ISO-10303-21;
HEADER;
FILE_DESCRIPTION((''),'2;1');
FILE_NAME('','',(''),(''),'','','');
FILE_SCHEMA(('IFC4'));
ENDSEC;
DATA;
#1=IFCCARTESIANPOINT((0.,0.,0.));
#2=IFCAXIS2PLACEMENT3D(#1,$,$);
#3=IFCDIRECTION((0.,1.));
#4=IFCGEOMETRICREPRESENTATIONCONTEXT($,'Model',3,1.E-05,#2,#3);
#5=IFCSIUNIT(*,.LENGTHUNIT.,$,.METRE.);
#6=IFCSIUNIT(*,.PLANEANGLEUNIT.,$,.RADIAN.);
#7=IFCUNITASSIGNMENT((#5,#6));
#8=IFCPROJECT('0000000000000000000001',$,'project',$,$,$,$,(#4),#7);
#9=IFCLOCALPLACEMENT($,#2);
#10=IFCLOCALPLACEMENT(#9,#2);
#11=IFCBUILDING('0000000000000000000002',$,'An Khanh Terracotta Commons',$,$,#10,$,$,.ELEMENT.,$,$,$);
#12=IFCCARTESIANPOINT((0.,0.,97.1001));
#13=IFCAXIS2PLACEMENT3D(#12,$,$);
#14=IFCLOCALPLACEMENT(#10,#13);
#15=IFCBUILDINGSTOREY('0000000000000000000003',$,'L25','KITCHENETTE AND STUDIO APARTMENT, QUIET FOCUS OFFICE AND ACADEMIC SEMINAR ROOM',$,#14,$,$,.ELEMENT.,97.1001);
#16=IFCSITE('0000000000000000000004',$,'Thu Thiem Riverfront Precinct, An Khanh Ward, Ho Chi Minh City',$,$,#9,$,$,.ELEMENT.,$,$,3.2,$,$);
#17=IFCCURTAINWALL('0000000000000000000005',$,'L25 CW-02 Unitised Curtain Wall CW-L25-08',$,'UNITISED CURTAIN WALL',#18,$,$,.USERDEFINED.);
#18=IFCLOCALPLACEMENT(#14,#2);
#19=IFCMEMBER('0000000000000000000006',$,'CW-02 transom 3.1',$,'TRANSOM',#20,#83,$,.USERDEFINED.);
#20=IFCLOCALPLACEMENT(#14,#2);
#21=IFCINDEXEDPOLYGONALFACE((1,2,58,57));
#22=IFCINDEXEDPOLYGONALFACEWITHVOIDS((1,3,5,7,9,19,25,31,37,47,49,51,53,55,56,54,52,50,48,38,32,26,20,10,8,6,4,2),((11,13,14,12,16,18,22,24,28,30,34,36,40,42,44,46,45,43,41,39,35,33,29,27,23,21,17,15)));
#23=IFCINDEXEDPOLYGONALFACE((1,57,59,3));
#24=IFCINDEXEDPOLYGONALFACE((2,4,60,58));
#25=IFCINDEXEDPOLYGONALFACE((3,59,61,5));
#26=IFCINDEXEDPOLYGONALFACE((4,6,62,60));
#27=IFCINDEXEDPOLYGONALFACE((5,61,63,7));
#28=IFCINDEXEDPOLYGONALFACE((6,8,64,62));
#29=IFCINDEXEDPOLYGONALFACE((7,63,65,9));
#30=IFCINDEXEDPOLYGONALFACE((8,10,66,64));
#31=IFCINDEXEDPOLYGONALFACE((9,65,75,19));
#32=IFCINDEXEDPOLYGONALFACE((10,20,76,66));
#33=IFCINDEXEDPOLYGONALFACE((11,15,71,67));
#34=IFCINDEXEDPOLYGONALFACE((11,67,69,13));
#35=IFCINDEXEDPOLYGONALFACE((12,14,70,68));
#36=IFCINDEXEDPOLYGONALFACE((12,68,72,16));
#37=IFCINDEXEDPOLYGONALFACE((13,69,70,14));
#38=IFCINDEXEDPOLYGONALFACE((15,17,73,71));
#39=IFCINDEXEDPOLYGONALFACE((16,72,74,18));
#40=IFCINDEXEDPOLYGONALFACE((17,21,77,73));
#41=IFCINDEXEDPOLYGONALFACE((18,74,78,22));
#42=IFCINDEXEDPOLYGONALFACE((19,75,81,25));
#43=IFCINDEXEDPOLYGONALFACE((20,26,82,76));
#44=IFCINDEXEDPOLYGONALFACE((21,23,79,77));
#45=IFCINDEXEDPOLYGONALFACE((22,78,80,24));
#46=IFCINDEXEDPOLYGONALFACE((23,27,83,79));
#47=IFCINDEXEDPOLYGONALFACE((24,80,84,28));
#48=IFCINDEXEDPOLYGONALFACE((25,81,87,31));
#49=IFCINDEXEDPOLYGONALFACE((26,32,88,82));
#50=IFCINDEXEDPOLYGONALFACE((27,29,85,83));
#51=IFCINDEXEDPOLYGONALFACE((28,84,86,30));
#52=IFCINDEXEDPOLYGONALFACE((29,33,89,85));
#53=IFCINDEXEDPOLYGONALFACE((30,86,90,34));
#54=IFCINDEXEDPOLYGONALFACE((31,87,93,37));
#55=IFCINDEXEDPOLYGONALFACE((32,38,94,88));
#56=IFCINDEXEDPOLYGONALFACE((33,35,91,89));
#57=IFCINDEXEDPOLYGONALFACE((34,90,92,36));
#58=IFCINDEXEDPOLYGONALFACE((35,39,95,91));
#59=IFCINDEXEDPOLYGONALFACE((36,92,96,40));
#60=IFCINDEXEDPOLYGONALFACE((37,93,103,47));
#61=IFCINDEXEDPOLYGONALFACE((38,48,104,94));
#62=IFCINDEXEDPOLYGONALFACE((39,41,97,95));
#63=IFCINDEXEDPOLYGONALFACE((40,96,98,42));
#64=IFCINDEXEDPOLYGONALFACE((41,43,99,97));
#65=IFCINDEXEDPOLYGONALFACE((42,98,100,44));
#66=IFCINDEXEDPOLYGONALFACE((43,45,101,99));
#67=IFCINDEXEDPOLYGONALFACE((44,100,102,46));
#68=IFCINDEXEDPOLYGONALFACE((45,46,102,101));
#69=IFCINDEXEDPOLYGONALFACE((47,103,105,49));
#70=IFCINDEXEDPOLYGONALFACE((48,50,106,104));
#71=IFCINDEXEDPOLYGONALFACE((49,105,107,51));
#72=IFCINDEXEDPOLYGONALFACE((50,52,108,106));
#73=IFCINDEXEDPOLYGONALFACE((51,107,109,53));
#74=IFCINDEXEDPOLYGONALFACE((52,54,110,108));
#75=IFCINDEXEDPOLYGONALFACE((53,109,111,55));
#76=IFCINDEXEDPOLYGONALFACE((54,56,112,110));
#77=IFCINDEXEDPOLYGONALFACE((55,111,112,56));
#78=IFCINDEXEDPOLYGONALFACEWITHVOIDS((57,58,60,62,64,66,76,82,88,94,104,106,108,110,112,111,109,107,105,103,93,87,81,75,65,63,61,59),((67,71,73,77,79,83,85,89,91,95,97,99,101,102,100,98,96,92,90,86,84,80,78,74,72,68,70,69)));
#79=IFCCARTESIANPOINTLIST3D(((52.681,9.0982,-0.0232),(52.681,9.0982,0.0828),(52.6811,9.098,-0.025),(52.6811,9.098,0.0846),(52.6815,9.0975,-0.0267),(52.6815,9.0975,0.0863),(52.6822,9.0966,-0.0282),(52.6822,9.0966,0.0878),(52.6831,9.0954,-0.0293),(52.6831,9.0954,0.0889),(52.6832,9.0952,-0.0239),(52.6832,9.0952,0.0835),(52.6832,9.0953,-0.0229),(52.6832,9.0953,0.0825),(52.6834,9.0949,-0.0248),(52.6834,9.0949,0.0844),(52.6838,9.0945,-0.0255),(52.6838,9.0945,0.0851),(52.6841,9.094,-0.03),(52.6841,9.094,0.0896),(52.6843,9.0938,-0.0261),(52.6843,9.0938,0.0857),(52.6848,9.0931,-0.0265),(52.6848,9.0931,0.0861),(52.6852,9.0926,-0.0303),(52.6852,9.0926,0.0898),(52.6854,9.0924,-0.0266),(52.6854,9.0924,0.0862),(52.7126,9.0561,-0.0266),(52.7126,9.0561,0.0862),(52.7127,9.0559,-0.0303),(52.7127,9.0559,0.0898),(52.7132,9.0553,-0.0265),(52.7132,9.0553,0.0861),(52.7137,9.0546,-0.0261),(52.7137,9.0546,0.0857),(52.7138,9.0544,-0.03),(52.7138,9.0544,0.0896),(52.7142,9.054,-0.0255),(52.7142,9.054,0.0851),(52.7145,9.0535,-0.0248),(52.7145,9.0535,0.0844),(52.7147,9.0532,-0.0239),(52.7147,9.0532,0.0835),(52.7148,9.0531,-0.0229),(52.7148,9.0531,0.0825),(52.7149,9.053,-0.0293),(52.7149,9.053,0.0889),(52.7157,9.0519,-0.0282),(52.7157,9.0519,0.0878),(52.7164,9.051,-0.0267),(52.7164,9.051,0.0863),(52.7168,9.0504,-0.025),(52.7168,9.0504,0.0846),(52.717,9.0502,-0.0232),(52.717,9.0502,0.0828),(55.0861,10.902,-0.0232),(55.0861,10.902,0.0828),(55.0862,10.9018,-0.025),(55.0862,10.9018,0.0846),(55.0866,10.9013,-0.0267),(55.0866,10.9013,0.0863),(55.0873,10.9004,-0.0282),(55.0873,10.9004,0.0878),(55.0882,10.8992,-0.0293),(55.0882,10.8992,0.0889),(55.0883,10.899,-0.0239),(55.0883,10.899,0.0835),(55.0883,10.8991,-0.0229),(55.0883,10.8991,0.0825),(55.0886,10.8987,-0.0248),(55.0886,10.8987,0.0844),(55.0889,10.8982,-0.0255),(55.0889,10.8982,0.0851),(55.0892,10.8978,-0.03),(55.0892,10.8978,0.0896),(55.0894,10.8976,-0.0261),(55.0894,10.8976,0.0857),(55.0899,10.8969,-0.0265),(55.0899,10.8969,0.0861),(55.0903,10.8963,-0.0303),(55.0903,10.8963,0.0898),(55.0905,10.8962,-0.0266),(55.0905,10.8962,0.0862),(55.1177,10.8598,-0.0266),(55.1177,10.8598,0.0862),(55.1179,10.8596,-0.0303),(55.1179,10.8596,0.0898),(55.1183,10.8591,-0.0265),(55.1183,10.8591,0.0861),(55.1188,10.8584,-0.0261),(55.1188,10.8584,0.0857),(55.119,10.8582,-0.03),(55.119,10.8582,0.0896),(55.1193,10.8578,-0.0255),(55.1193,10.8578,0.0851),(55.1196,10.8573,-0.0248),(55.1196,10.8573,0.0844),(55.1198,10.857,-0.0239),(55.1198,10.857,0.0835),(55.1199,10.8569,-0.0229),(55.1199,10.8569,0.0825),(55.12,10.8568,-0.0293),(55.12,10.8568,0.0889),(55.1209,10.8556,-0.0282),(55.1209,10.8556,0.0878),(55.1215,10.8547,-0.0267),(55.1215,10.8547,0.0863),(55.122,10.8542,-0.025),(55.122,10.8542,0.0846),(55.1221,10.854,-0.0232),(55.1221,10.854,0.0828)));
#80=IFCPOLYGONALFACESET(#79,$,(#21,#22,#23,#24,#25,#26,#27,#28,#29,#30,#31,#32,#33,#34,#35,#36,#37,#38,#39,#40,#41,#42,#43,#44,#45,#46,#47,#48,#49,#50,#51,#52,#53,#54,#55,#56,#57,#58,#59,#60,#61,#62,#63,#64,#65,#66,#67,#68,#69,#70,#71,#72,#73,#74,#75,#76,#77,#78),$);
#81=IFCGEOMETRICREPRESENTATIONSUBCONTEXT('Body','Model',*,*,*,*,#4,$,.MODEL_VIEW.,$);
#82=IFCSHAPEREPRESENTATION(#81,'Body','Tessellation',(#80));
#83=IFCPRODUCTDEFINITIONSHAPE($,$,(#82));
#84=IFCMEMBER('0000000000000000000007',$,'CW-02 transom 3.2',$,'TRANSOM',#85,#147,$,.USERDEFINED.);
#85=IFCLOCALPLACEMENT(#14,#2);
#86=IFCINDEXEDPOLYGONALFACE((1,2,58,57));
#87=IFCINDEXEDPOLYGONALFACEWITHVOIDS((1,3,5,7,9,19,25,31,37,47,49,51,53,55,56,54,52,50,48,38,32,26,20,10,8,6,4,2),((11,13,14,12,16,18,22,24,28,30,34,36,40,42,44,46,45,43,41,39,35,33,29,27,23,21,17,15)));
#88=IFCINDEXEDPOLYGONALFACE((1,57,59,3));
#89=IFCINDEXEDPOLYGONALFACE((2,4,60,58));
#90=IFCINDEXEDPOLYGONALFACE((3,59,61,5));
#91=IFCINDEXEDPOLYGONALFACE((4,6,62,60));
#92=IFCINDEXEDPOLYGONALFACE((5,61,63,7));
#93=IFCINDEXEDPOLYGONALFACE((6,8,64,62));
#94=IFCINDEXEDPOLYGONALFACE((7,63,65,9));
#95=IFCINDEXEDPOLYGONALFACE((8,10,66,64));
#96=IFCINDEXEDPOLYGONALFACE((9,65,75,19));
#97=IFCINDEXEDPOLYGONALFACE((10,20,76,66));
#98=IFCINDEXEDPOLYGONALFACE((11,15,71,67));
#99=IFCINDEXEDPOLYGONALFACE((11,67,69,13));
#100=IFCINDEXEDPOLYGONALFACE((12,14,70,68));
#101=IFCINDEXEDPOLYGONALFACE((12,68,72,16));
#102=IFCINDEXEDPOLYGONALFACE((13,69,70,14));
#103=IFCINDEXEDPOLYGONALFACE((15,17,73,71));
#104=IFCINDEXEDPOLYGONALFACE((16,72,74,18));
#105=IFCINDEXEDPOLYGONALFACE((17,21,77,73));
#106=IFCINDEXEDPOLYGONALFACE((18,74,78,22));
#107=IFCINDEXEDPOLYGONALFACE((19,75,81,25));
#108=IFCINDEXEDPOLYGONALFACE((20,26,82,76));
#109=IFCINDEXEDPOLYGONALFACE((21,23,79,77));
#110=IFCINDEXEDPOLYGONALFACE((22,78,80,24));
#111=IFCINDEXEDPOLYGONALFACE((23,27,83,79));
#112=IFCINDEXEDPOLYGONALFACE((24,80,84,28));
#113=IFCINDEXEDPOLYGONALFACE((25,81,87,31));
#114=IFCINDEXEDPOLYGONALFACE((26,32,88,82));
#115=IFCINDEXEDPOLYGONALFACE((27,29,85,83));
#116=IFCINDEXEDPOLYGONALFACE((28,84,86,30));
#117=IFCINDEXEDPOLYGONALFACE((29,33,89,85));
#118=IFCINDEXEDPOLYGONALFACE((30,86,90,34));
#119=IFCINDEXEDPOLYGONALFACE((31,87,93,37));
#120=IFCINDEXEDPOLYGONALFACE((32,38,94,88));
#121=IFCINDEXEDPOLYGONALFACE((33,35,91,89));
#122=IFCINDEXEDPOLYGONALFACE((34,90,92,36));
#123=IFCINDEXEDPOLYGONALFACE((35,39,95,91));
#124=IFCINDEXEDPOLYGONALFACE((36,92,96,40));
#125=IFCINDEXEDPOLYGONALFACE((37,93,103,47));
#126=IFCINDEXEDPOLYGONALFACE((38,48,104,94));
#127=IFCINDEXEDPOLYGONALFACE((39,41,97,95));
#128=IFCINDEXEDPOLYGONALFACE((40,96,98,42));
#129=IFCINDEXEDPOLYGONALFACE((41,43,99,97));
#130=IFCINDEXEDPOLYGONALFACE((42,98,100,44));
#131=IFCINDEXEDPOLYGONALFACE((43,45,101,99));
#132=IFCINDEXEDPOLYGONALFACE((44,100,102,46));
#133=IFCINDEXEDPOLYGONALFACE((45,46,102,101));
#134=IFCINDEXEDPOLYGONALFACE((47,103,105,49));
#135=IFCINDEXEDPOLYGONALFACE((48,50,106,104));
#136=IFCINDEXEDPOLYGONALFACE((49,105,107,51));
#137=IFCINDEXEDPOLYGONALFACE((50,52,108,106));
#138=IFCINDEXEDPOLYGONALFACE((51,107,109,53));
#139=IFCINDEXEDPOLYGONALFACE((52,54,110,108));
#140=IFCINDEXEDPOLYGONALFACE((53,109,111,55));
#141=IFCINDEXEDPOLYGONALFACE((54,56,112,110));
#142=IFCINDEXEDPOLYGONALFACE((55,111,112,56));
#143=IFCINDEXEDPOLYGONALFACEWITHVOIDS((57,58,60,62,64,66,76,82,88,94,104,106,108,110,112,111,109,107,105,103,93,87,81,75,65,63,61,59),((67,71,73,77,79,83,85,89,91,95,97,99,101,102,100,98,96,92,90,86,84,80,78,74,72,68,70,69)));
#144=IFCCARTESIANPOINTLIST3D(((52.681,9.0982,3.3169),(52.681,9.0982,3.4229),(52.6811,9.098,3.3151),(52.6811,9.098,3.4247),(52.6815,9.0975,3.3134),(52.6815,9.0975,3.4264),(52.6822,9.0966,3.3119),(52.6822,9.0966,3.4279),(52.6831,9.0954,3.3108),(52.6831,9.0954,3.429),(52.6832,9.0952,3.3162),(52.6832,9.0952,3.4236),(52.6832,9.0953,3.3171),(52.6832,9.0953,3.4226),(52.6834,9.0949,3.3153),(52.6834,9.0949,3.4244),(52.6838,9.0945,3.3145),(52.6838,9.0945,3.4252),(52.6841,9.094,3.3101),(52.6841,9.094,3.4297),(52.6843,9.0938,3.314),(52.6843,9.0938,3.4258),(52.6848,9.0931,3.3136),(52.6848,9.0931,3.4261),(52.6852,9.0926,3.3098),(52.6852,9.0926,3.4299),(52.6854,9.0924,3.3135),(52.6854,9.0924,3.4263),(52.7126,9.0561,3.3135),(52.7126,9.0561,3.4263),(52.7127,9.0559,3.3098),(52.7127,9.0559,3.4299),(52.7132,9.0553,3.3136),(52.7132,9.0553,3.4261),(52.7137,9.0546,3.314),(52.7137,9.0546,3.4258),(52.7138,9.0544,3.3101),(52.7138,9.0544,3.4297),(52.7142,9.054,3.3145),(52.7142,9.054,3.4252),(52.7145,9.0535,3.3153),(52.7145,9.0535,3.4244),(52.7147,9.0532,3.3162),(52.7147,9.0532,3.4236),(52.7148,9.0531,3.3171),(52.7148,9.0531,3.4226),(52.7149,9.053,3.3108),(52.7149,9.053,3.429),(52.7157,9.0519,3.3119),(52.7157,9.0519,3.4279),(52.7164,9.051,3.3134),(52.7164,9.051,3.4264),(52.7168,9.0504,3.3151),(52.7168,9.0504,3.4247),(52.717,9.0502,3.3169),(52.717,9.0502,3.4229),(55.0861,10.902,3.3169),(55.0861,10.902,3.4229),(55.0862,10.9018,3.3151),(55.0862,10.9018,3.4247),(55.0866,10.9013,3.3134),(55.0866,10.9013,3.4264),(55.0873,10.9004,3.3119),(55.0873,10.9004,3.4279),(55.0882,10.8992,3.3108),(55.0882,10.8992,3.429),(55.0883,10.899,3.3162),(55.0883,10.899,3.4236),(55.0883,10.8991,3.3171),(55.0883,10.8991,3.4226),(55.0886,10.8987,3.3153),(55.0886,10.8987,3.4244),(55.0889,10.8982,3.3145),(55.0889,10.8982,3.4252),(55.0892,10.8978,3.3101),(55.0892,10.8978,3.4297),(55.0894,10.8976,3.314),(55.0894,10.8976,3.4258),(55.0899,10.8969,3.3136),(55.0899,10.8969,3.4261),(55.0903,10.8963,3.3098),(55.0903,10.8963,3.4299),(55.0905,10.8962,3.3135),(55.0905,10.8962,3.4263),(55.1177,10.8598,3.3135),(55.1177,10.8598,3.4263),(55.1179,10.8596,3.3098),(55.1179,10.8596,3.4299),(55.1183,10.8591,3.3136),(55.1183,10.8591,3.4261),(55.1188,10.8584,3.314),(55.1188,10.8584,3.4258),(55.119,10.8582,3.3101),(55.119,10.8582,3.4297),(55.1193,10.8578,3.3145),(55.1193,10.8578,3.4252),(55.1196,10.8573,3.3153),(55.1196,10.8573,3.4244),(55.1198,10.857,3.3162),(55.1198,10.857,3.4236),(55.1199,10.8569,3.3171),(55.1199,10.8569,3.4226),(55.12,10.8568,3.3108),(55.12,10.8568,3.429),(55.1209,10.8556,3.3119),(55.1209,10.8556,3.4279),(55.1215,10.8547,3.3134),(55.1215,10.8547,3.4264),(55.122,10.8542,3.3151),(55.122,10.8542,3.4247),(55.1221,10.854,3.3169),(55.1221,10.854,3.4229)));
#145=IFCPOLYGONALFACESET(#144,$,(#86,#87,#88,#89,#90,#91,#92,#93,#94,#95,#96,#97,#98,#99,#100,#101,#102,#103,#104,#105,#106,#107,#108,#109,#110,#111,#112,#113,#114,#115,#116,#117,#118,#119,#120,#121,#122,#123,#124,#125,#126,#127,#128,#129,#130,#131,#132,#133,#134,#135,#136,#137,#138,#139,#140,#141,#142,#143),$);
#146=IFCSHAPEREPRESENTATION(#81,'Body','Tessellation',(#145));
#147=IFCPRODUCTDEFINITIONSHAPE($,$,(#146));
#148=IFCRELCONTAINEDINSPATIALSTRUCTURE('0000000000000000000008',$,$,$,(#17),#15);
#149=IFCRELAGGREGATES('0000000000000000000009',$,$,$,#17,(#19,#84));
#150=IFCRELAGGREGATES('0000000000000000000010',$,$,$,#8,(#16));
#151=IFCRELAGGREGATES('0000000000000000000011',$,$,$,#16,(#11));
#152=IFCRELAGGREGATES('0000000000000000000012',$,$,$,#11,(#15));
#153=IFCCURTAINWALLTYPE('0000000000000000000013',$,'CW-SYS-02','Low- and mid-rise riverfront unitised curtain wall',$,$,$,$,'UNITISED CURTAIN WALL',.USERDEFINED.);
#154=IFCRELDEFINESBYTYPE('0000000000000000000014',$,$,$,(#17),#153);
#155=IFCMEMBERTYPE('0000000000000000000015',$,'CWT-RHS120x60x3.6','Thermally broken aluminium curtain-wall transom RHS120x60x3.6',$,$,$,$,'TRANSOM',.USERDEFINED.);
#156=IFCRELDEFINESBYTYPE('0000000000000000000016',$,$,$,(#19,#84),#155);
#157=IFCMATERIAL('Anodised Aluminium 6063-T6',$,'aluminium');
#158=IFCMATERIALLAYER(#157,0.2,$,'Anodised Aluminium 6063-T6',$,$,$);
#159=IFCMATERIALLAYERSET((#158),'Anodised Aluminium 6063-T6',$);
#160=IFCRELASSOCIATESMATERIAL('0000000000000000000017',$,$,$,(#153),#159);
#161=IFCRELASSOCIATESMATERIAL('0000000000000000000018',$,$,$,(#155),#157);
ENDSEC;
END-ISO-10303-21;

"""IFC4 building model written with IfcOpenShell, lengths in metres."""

from ifc_helpers import new_model, si_unit, direction, frame, origin, origin_2d, place, context, subcontext, project, spatial, hollow_rectangle, extrude, material, layer, layer_set, material_profile, profile_set, type_object, element, aggregate, save


model = new_model("IFC4")

# Units and contexts
model_context = context("Model", 3, precision=1e-05, world=origin(), true_north=direction((0.0, 1.0)))
body_context = subcontext(model_context, "Body", "Model", "MODEL_VIEW")
ifc_project = project(units=[si_unit("LENGTHUNIT", "METRE"), si_unit("PLANEANGLEUNIT", "RADIAN")], contexts=[model_context])

# Site, building, storey
site_placement = place(None, origin())
site = spatial("IfcSite", under=ifc_project, at=site_placement, Name="Thu Thiem Riverfront Precinct, An Khanh Ward, Ho Chi Minh City", CompositionType="ELEMENT", RefElevation=3.2)
building_placement = place(site_placement, origin())
building = spatial("IfcBuilding", under=site, at=building_placement, Name="An Khanh Terracotta Commons", CompositionType="ELEMENT")
storey_placement = place(building_placement, frame((0.0, 0.0, 97.1001)))
storey = spatial("IfcBuildingStorey", under=building, at=storey_placement, Name="L25", Description="KITCHENETTE AND STUDIO APARTMENT, QUIET FOCUS OFFICE AND ACADEMIC SEMINAR ROOM", CompositionType="ELEMENT", Elevation=97.1001)

# Curtain wall
ifc_material_1 = material(Name="Anodised Aluminium 6063-T6", Category="aluminium")
ifc_layer_1 = layer(ifc_material_1, 0.2, Name="Anodised Aluminium 6063-T6")
ifc_layer_set_1 = layer_set([ifc_layer_1], Name="Anodised Aluminium 6063-T6")
curtain_wall_type = type_object("IfcCurtainWallType", Name="CW-SYS-02", Description="Low- and mid-rise riverfront unitised curtain wall", ElementType="UNITISED CURTAIN WALL", PredefinedType="USERDEFINED", material=ifc_layer_set_1)
curtain_wall_1_placement = place(storey_placement, origin())
curtain_wall_1 = element("IfcCurtainWall", 1, at=curtain_wall_1_placement, inside=storey, type_object=curtain_wall_type, Name="L25 CW-02 Unitised Curtain Wall CW-L25-08", ObjectType="UNITISED CURTAIN WALL", PredefinedType="USERDEFINED")

# Members
ifc_material_profile_1 = material_profile(ifc_material_1, hollow_rectangle(XDim=0.0601, YDim=0.1201, WallThickness=0.0037, InnerFilletRadius=0.0037, OuterFilletRadius=0.0071, at=origin_2d()), Name="RHS120x60x3.6")
ifc_profile_set_1 = profile_set([ifc_material_profile_1], Name="Anodised Aluminium 6063-T6")
member_type_1 = type_object("IfcMemberType", Name="CWT-RHS120x60x3.6", Description="Thermally broken aluminium curtain-wall transom RHS120x60x3.6", ElementType="TRANSOM", PredefinedType="USERDEFINED", material=ifc_profile_set_1)
member_1_placement = place(storey_placement, frame((52.699, 9.0742, 0.0298), z_axis=(0.80001, 0.599987, 0.0), x_axis=(-0.599987, 0.80001, 0.0)))
member_1 = element("IfcMember", 2, at=member_1_placement, type_object=member_type_1, Name="CW-02 transom 3.1", ObjectType="TRANSOM", PredefinedType="USERDEFINED", context=body_context, shape_type="SweptSolid", body=[
    extrude(hollow_rectangle(XDim=0.0601, YDim=0.1201, WallThickness=0.0037, InnerFilletRadius=0.0037, OuterFilletRadius=0.0071, at=origin_2d()), origin(), (0.0, 0.0, 1.0), 3.0063),
])
member_2_placement = place(storey_placement, frame((52.699, 9.0742, 3.3699), z_axis=(0.80001, 0.599987, 0.0), x_axis=(-0.599987, 0.80001, 0.0)))
member_2 = element("IfcMember", 3, at=member_2_placement, type_object=member_type_1, Name="CW-02 transom 3.2", ObjectType="TRANSOM", PredefinedType="USERDEFINED", context=body_context, shape_type="SweptSolid", body=[
    extrude(hollow_rectangle(XDim=0.0601, YDim=0.1201, WallThickness=0.0037, InnerFilletRadius=0.0037, OuterFilletRadius=0.0071, at=origin_2d()), origin(), (0.0, 0.0, 1.0), 3.0063),
])

aggregate(curtain_wall_1, [member_1, member_2])

save(model, "model.ifc")
